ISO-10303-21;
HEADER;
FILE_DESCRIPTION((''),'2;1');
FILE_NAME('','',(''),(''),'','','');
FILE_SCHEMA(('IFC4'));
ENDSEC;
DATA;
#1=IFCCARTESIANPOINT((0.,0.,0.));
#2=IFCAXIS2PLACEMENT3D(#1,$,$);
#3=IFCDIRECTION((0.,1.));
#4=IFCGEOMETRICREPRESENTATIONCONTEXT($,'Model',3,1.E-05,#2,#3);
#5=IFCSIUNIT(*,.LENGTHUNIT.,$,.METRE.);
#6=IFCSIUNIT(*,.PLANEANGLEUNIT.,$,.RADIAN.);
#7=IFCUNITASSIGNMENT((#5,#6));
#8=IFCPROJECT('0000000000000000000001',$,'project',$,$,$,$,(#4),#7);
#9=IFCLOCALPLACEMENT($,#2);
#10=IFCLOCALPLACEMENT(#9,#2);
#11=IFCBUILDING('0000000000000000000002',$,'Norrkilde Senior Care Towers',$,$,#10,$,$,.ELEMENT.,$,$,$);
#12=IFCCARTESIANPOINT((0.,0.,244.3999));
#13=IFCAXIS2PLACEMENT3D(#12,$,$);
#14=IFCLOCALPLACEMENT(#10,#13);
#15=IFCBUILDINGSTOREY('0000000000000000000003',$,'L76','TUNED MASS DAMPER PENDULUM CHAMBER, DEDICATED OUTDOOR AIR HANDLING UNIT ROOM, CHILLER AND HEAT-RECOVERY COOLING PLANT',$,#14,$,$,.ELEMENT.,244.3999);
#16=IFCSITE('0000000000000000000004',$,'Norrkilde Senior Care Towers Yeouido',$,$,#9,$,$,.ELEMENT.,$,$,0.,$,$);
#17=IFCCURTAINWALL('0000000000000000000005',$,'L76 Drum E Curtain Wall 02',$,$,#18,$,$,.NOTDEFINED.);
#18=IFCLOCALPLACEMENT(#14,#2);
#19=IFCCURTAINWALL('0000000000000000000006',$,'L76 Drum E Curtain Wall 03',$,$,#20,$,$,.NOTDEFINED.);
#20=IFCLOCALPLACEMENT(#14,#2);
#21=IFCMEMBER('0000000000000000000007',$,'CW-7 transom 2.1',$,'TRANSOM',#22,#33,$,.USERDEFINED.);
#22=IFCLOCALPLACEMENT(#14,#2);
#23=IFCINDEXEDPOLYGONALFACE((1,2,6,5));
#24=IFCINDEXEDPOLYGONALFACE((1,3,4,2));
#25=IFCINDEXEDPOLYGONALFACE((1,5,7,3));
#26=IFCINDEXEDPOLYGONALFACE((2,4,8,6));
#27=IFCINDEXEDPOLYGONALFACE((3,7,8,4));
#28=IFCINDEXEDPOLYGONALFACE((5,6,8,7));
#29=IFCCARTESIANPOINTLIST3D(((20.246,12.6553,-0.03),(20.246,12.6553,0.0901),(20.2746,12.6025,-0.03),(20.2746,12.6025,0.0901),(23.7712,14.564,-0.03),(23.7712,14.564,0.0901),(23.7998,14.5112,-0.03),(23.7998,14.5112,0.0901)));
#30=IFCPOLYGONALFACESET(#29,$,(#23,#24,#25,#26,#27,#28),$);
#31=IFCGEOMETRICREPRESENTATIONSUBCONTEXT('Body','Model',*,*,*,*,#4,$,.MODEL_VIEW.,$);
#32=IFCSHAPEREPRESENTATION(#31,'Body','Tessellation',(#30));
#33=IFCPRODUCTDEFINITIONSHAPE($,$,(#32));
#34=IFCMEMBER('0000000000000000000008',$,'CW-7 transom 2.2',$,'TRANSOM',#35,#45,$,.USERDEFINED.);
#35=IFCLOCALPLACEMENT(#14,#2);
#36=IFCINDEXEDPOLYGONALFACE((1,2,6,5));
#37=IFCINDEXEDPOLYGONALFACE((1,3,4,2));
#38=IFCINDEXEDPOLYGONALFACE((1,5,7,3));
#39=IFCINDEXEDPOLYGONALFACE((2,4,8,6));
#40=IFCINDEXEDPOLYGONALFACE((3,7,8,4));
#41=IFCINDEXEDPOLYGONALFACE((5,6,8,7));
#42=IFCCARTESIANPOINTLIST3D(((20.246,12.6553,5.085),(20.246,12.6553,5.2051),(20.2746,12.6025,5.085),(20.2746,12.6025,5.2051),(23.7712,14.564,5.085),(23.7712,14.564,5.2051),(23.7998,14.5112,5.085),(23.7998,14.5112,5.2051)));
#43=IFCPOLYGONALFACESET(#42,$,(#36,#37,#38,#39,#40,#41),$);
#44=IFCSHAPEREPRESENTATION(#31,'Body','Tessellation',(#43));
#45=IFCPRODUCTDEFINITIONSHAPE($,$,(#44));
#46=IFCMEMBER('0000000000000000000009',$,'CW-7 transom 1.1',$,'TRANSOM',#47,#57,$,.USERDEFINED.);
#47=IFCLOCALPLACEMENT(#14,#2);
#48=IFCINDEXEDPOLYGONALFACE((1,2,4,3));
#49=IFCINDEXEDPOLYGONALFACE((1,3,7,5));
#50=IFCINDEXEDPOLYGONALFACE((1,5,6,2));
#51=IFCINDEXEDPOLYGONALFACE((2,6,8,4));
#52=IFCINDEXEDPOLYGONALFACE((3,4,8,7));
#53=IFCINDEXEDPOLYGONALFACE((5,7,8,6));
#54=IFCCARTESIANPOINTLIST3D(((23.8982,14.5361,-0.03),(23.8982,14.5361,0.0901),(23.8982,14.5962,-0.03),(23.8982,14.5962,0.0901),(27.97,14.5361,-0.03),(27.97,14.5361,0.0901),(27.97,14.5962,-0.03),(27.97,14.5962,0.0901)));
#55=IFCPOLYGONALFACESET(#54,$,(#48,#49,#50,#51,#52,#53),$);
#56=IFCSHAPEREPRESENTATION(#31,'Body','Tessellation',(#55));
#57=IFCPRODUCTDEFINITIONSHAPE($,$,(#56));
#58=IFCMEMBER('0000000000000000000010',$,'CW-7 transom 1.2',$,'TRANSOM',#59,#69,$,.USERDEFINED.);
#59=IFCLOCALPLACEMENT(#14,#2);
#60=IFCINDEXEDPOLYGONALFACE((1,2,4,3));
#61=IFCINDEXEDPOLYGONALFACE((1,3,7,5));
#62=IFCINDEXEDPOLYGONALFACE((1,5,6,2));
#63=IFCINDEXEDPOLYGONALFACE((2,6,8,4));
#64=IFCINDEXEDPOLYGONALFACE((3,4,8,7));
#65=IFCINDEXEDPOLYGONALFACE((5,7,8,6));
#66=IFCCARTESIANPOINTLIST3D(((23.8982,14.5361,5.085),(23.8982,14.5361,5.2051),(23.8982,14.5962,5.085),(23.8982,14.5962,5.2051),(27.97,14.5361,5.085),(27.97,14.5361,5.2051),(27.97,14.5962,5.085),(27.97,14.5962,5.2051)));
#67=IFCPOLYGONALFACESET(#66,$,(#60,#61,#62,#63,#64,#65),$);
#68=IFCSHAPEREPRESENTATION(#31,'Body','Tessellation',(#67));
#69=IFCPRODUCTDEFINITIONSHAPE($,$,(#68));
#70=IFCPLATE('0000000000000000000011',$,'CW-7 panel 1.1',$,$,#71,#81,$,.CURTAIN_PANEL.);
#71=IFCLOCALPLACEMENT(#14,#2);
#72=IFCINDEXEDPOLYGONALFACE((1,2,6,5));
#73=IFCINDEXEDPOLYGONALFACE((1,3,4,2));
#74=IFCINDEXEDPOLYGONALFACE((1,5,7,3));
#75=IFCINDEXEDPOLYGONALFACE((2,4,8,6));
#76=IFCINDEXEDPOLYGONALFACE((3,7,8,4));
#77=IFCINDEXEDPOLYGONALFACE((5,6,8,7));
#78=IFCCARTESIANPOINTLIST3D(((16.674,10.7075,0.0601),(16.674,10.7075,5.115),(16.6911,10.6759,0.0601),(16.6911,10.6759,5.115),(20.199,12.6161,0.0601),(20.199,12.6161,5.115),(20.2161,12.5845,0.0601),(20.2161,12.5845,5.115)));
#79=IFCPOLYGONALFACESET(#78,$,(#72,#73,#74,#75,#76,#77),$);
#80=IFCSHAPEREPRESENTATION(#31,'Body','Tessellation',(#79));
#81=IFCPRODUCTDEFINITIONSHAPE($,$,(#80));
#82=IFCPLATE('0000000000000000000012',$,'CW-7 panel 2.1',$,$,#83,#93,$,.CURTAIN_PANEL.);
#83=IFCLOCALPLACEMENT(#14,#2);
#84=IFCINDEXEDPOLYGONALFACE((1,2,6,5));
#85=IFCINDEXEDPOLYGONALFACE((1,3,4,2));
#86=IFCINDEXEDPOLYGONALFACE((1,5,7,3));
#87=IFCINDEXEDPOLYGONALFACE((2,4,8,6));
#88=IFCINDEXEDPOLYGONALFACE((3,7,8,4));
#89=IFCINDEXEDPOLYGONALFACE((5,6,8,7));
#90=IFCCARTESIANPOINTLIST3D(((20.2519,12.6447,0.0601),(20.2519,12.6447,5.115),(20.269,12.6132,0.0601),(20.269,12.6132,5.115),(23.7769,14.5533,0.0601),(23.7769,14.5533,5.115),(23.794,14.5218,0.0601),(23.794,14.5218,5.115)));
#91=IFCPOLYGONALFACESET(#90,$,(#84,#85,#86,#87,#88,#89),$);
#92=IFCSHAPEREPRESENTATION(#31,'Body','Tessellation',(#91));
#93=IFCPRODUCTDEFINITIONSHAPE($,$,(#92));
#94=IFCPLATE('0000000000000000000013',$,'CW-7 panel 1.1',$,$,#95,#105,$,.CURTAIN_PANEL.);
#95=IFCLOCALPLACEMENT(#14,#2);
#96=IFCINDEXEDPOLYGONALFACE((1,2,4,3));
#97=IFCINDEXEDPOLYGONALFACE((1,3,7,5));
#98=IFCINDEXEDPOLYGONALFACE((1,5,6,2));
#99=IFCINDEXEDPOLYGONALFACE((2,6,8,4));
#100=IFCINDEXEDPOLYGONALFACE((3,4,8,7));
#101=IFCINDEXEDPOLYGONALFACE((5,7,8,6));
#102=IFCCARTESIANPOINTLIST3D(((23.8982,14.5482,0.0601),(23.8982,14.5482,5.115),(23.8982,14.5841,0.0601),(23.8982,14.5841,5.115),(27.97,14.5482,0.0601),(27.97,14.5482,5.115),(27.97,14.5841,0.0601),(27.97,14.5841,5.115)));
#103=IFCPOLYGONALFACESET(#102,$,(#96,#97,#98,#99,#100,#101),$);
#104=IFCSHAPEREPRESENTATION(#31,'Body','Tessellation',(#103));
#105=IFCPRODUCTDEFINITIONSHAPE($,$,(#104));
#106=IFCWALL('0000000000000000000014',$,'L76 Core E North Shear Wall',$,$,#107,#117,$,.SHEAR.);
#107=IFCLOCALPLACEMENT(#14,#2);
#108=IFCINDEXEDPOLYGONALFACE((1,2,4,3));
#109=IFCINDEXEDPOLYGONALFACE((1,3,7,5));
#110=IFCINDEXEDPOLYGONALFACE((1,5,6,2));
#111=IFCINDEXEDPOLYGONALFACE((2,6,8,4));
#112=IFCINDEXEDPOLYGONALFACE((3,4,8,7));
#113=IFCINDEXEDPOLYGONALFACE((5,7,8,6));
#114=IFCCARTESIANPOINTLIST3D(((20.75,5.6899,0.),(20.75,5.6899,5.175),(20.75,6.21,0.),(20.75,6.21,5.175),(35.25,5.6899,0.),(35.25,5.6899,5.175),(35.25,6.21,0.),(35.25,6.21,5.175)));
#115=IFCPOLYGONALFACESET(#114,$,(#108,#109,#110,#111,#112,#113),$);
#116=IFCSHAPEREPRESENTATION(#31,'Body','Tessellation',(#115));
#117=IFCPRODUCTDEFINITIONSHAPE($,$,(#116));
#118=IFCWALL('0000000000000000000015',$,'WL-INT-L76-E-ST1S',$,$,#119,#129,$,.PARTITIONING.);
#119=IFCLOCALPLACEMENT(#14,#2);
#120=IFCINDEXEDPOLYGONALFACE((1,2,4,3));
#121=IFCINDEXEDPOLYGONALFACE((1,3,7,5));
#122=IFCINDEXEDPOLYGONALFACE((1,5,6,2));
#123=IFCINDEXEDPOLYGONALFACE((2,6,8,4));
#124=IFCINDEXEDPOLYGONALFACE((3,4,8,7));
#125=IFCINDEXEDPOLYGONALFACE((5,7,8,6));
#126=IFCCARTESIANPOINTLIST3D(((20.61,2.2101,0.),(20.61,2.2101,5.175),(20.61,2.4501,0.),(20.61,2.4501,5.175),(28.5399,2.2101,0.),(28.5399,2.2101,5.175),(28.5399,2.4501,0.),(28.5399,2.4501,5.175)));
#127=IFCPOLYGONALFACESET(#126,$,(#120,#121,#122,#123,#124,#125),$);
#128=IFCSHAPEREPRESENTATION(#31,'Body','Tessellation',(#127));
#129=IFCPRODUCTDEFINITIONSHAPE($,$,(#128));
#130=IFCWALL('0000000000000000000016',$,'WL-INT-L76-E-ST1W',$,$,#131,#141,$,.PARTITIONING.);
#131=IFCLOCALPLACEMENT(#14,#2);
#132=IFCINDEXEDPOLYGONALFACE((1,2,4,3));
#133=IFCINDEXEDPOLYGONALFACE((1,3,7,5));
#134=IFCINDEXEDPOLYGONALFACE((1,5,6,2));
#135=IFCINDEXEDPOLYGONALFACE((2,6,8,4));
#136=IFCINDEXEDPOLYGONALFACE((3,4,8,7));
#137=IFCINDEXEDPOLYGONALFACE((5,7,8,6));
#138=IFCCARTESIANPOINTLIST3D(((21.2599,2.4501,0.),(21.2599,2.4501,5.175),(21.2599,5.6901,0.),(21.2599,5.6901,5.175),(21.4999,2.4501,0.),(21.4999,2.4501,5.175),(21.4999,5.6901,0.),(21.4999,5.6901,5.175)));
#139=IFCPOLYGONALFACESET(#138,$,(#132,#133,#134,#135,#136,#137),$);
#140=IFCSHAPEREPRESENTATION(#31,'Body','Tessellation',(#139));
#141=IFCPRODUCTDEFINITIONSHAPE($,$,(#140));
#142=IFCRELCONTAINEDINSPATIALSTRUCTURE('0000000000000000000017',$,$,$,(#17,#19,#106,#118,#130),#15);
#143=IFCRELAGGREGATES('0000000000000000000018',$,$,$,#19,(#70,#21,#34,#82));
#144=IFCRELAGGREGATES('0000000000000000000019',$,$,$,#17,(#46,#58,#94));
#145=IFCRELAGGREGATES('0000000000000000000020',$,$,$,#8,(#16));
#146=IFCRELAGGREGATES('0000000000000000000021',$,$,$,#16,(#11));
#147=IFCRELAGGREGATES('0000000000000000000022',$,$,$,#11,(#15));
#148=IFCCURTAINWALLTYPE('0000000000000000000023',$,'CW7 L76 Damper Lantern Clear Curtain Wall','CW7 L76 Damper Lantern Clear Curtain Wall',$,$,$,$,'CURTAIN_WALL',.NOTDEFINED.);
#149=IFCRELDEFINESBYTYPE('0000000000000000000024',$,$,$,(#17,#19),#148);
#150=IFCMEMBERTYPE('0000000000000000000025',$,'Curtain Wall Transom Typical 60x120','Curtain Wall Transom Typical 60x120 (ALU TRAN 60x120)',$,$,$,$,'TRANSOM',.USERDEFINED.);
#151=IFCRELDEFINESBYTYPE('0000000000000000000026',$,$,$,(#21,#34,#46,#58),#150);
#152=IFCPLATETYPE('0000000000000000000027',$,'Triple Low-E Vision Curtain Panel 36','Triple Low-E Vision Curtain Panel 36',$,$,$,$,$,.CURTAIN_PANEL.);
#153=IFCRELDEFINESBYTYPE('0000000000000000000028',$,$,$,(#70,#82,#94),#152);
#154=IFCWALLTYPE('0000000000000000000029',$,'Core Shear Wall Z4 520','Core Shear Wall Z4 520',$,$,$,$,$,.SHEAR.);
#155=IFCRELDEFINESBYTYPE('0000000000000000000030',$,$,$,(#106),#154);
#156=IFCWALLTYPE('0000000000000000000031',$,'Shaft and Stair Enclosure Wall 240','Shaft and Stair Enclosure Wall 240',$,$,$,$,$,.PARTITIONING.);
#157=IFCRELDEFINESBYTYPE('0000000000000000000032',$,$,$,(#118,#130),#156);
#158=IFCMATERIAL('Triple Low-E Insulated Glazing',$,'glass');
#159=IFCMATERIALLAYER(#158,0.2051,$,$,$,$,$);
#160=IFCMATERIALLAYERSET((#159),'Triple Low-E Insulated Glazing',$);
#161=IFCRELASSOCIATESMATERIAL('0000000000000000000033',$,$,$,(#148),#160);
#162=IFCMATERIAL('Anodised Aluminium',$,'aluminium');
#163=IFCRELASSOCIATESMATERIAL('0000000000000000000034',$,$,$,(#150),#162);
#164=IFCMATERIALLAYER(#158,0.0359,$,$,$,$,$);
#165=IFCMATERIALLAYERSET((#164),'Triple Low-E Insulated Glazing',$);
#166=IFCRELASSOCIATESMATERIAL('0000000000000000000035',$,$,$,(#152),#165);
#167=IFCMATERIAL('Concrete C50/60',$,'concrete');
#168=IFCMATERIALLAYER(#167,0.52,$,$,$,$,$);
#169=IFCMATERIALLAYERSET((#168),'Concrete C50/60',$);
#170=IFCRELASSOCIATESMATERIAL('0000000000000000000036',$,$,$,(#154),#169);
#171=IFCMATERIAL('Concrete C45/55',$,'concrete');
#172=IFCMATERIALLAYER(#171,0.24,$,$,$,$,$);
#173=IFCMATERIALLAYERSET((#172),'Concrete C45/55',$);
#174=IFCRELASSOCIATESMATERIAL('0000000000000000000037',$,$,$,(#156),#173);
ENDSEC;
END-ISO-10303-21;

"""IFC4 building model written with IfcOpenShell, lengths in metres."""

from ifc_helpers import new_model, si_unit, direction, frame, frame_2d, origin, origin_2d, place, context, subcontext, project, spatial, rectangle, extrude, source, transform, mapped, material, layer, layer_set, material_profile, profile_set, type_object, type_shapes, element, aggregate, save


model = new_model("IFC4")

# Units and contexts
model_context = context("Model", 3, precision=1e-05, world=origin(), true_north=direction((0.0, 1.0)))
body_context = subcontext(model_context, "Body", "Model", "MODEL_VIEW")
ifc_project = project(units=[si_unit("LENGTHUNIT", "METRE"), si_unit("PLANEANGLEUNIT", "RADIAN")], contexts=[model_context])

# Site, building, storey
site_placement = place(None, origin())
site = spatial("IfcSite", under=ifc_project, at=site_placement, Name="Norrkilde Senior Care Towers Yeouido", CompositionType="ELEMENT", RefElevation=0.0)
building_placement = place(site_placement, origin())
building = spatial("IfcBuilding", under=site, at=building_placement, Name="Norrkilde Senior Care Towers", CompositionType="ELEMENT")
storey_placement = place(building_placement, frame((0.0, 0.0, 244.3999)))
storey = spatial("IfcBuildingStorey", under=building, at=storey_placement, Name="L76", Description="TUNED MASS DAMPER PENDULUM CHAMBER, DEDICATED OUTDOOR AIR HANDLING UNIT ROOM, CHILLER AND HEAT-RECOVERY COOLING PLANT", CompositionType="ELEMENT", Elevation=244.3999)

# Shared definitions
ifc_material_1 = material(Name="Concrete C50/60", Category="concrete")

# Curtain wall
ifc_material_2 = material(Name="Triple Low-E Insulated Glazing", Category="glass")
ifc_layer_1 = layer(ifc_material_2, 0.2051)
ifc_layer_set_1 = layer_set([ifc_layer_1], Name="Triple Low-E Insulated Glazing")
curtain_wall_type = type_object("IfcCurtainWallType", Name="CW7 L76 Damper Lantern Clear Curtain Wall", Description="CW7 L76 Damper Lantern Clear Curtain Wall", ElementType="CURTAIN_WALL", PredefinedType="NOTDEFINED", material=ifc_layer_set_1)
curtain_wall_1_placement = place(storey_placement, origin())
curtain_wall_1 = element("IfcCurtainWall", 1, at=curtain_wall_1_placement, inside=storey, type_object=curtain_wall_type, Name="L76 Drum E Curtain Wall 02", PredefinedType="NOTDEFINED")
ifc_material_3 = material(Name="Anodised Aluminium", Category="aluminium")

# Curtain wall, members
curtain_wall_2_placement = place(storey_placement, origin())
curtain_wall_2 = element("IfcCurtainWall", 2, at=curtain_wall_2_placement, inside=storey, type_object=curtain_wall_type, Name="L76 Drum E Curtain Wall 03", PredefinedType="NOTDEFINED")
ifc_material_profile_1 = material_profile(ifc_material_3, rectangle(XDim=0.0601, YDim=0.1201, at=origin_2d()), Name="ALU TRAN 60x120")
ifc_profile_set_1 = profile_set([ifc_material_profile_1], Name="Anodised Aluminium")
member_type_1 = type_object("IfcMemberType", Name="Curtain Wall Transom Typical 60x120", Description="Curtain Wall Transom Typical 60x120 (ALU TRAN 60x120)", ElementType="TRANSOM", PredefinedType="USERDEFINED", material=ifc_profile_set_1)
shared_shape_1 = source(origin(), body_context, "Body", "SweptSolid", [
    extrude(rectangle(XDim=0.0601, YDim=0.1201, at=origin_2d()), origin(), (0.0, 0.0, 1.0), 4.0088),
])
member_1_placement = place(storey_placement, frame((20.2603, 12.6289, 0.03), z_axis=(0.879372, 0.476136, 0.0), x_axis=(-0.476136, 0.879372, 0.0)))
member_1 = element("IfcMember", 3, at=member_1_placement, type_object=member_type_1, Name="CW-7 transom 2.1", ObjectType="TRANSOM", PredefinedType="USERDEFINED", context=body_context, shape_type="MappedRepresentation", body=[
    mapped(shared_shape_1, transform((0.0, 0.0, 0.0), x_axis=(1.0, 0.0, 0.0), y_axis=(0.0, 1.0, 0.0), z_axis=(0.0, 0.0, 1.0), scale=1.0)),
])
member_2_placement = place(storey_placement, frame((20.2603, 12.6289, 5.145), z_axis=(0.879372, 0.476136, 0.0), x_axis=(-0.476136, 0.879372, 0.0)))
member_2 = element("IfcMember", 4, at=member_2_placement, type_object=member_type_1, Name="CW-7 transom 2.2", ObjectType="TRANSOM", PredefinedType="USERDEFINED", context=body_context, shape_type="MappedRepresentation", body=[
    mapped(shared_shape_1, transform((0.0, 0.0, 0.0), x_axis=(1.0, 0.0, 0.0), y_axis=(0.0, 1.0, 0.0), z_axis=(0.0, 0.0, 1.0), scale=1.0)),
])

# Members
shared_shape_2 = source(origin(), body_context, "Body", "SweptSolid", [
    extrude(rectangle(XDim=0.0601, YDim=0.1201, at=origin_2d()), origin(), (0.0, 0.0, 1.0), 4.0718),
])
type_shapes(member_type_1, [shared_shape_1, shared_shape_2])
member_3_placement = place(storey_placement, frame((23.8982, 14.5662, 0.03), z_axis=(1.0, 0.0, 0.0), x_axis=(0.0, 1.0, 0.0)))
member_3 = element("IfcMember", 5, at=member_3_placement, type_object=member_type_1, Name="CW-7 transom 1.1", ObjectType="TRANSOM", PredefinedType="USERDEFINED", context=body_context, shape_type="MappedRepresentation", body=[
    mapped(shared_shape_2, transform((0.0, 0.0, 0.0), x_axis=(1.0, 0.0, 0.0), y_axis=(0.0, 1.0, 0.0), z_axis=(0.0, 0.0, 1.0), scale=1.0)),
])
member_4_placement = place(storey_placement, frame((23.8982, 14.5662, 5.145), z_axis=(1.0, 0.0, 0.0), x_axis=(0.0, 1.0, 0.0)))
member_4 = element("IfcMember", 6, at=member_4_placement, type_object=member_type_1, Name="CW-7 transom 1.2", ObjectType="TRANSOM", PredefinedType="USERDEFINED", context=body_context, shape_type="MappedRepresentation", body=[
    mapped(shared_shape_2, transform((0.0, 0.0, 0.0), x_axis=(1.0, 0.0, 0.0), y_axis=(0.0, 1.0, 0.0), z_axis=(0.0, 0.0, 1.0), scale=1.0)),
])

# Plates
ifc_layer_2 = layer(ifc_material_2, 0.0359)
ifc_layer_set_2 = layer_set([ifc_layer_2], Name="Triple Low-E Insulated Glazing")
plate_type = type_object("IfcPlateType", Name="Triple Low-E Vision Curtain Panel 36", Description="Triple Low-E Vision Curtain Panel 36", PredefinedType="CURTAIN_PANEL", material=ifc_layer_set_2)
shared_shape_3 = source(origin(), body_context, "Body", "SweptSolid", [
    extrude(rectangle(XDim=4.0085, YDim=0.0359, at=origin_2d()), origin(), (0.0, 0.0, 1.0), 5.0549),
])
plate_1_placement = place(storey_placement, frame((18.4451, 11.646, 0.0601), z_axis=(0.0, 0.0, 1.0), x_axis=(0.879373, 0.476133, 0.0)))
plate_1 = element("IfcPlate", 7, at=plate_1_placement, type_object=plate_type, Name="CW-7 panel 1.1", PredefinedType="CURTAIN_PANEL", context=body_context, shape_type="MappedRepresentation", body=[
    mapped(shared_shape_3, transform((0.0, 0.0, 0.0), x_axis=(1.0, 0.0, 0.0), y_axis=(0.0, 1.0, 0.0), z_axis=(0.0, 0.0, 1.0), scale=1.0)),
])
plate_2_placement = place(storey_placement, frame((22.0229, 13.5833, 0.0601), z_axis=(0.0, 0.0, 1.0), x_axis=(0.879373, 0.476133, 0.0)))
plate_2 = element("IfcPlate", 8, at=plate_2_placement, type_object=plate_type, Name="CW-7 panel 2.1", PredefinedType="CURTAIN_PANEL", context=body_context, shape_type="MappedRepresentation", body=[
    mapped(shared_shape_3, transform((0.0, 0.0, 0.0), x_axis=(1.0, 0.0, 0.0), y_axis=(0.0, 1.0, 0.0), z_axis=(0.0, 0.0, 1.0), scale=1.0)),
])
aggregate(curtain_wall_2, [plate_1, member_1, member_2, plate_2])
shared_shape_4 = source(origin(), body_context, "Body", "SweptSolid", [
    extrude(rectangle(XDim=4.0718, YDim=0.0359, at=origin_2d()), origin(), (0.0, 0.0, 1.0), 5.0549),
])
type_shapes(plate_type, [shared_shape_3, shared_shape_4])
plate_3_placement = place(storey_placement, frame((25.9341, 14.5662, 0.0601), z_axis=(0.0, 0.0, 1.0), x_axis=(1.0, 0.0, 0.0)))
plate_3 = element("IfcPlate", 9, at=plate_3_placement, type_object=plate_type, Name="CW-7 panel 1.1", PredefinedType="CURTAIN_PANEL", context=body_context, shape_type="MappedRepresentation", body=[
    mapped(shared_shape_4, transform((0.0, 0.0, 0.0), x_axis=(1.0, 0.0, 0.0), y_axis=(0.0, 1.0, 0.0), z_axis=(0.0, 0.0, 1.0), scale=1.0)),
])
aggregate(curtain_wall_1, [member_3, member_4, plate_3])

# Walls
ifc_layer_3 = layer(ifc_material_1, 0.52)
ifc_layer_set_3 = layer_set([ifc_layer_3], Name="Concrete C50/60")
wall_type_1 = type_object("IfcWallType", Name="Core Shear Wall Z4 520", Description="Core Shear Wall Z4 520", PredefinedType="SHEAR", material=ifc_layer_set_3)
shared_shape_5 = source(origin(), body_context, "Body", "SweptSolid", [
    extrude(rectangle(XDim=14.5, YDim=0.52, at=frame_2d((7.25, 0.0))), origin(), (0.0, 0.0, 1.0), 5.175),
])
type_shapes(wall_type_1, [shared_shape_5])
wall_1_placement = place(storey_placement, frame((20.75, 5.95, 0.0), z_axis=(0.0, 0.0, 1.0), x_axis=(1.0, 0.0, 0.0)))
element("IfcWall", 10, at=wall_1_placement, inside=storey, type_object=wall_type_1, Name="L76 Core E North Shear Wall", PredefinedType="SHEAR", context=body_context, shape_type="MappedRepresentation", body=[
    mapped(shared_shape_5, transform((0.0, 0.0, 0.0), x_axis=(1.0, 0.0, 0.0), y_axis=(0.0, 1.0, 0.0), z_axis=(0.0, 0.0, 1.0), scale=1.0)),
])
ifc_material_4 = material(Name="Concrete C45/55", Category="concrete")
ifc_layer_4 = layer(ifc_material_4, 0.24)
ifc_layer_set_4 = layer_set([ifc_layer_4], Name="Concrete C45/55")
wall_type_2 = type_object("IfcWallType", Name="Shaft and Stair Enclosure Wall 240", Description="Shaft and Stair Enclosure Wall 240", PredefinedType="PARTITIONING", material=ifc_layer_set_4)
shared_shape_6 = source(origin(), body_context, "Body", "SweptSolid", [
    extrude(rectangle(XDim=7.9299, YDim=0.24, at=frame_2d((3.9648, 0.0))), origin(), (0.0, 0.0, 1.0), 5.175),
])
wall_2_placement = place(storey_placement, frame((20.6101, 2.3301, 0.0), z_axis=(0.0, 0.0, 1.0), x_axis=(1.0, 0.0, 0.0)))
element("IfcWall", 11, at=wall_2_placement, inside=storey, type_object=wall_type_2, Name="WL-INT-L76-E-ST1S", PredefinedType="PARTITIONING", context=body_context, shape_type="MappedRepresentation", body=[
    mapped(shared_shape_6, transform((0.0, 0.0, 0.0), x_axis=(1.0, 0.0, 0.0), y_axis=(0.0, 1.0, 0.0), z_axis=(0.0, 0.0, 1.0), scale=1.0)),
])
shared_shape_7 = source(origin(), body_context, "Body", "SweptSolid", [
    extrude(rectangle(XDim=3.24, YDim=0.24, at=frame_2d((1.6201, 0.0))), origin(), (0.0, 0.0, 1.0), 5.175),
])
type_shapes(wall_type_2, [shared_shape_6, shared_shape_7])
wall_3_placement = place(storey_placement, frame((21.3799, 2.45, 0.0), z_axis=(0.0, 0.0, 1.0), x_axis=(0.0, 1.0, 0.0)))
element("IfcWall", 12, at=wall_3_placement, inside=storey, type_object=wall_type_2, Name="WL-INT-L76-E-ST1W", PredefinedType="PARTITIONING", context=body_context, shape_type="MappedRepresentation", body=[
    mapped(shared_shape_7, transform((0.0, 0.0, 0.0), x_axis=(1.0, 0.0, 0.0), y_axis=(0.0, 1.0, 0.0), z_axis=(0.0, 0.0, 1.0), scale=1.0)),
])

save(model, "model.ifc")
